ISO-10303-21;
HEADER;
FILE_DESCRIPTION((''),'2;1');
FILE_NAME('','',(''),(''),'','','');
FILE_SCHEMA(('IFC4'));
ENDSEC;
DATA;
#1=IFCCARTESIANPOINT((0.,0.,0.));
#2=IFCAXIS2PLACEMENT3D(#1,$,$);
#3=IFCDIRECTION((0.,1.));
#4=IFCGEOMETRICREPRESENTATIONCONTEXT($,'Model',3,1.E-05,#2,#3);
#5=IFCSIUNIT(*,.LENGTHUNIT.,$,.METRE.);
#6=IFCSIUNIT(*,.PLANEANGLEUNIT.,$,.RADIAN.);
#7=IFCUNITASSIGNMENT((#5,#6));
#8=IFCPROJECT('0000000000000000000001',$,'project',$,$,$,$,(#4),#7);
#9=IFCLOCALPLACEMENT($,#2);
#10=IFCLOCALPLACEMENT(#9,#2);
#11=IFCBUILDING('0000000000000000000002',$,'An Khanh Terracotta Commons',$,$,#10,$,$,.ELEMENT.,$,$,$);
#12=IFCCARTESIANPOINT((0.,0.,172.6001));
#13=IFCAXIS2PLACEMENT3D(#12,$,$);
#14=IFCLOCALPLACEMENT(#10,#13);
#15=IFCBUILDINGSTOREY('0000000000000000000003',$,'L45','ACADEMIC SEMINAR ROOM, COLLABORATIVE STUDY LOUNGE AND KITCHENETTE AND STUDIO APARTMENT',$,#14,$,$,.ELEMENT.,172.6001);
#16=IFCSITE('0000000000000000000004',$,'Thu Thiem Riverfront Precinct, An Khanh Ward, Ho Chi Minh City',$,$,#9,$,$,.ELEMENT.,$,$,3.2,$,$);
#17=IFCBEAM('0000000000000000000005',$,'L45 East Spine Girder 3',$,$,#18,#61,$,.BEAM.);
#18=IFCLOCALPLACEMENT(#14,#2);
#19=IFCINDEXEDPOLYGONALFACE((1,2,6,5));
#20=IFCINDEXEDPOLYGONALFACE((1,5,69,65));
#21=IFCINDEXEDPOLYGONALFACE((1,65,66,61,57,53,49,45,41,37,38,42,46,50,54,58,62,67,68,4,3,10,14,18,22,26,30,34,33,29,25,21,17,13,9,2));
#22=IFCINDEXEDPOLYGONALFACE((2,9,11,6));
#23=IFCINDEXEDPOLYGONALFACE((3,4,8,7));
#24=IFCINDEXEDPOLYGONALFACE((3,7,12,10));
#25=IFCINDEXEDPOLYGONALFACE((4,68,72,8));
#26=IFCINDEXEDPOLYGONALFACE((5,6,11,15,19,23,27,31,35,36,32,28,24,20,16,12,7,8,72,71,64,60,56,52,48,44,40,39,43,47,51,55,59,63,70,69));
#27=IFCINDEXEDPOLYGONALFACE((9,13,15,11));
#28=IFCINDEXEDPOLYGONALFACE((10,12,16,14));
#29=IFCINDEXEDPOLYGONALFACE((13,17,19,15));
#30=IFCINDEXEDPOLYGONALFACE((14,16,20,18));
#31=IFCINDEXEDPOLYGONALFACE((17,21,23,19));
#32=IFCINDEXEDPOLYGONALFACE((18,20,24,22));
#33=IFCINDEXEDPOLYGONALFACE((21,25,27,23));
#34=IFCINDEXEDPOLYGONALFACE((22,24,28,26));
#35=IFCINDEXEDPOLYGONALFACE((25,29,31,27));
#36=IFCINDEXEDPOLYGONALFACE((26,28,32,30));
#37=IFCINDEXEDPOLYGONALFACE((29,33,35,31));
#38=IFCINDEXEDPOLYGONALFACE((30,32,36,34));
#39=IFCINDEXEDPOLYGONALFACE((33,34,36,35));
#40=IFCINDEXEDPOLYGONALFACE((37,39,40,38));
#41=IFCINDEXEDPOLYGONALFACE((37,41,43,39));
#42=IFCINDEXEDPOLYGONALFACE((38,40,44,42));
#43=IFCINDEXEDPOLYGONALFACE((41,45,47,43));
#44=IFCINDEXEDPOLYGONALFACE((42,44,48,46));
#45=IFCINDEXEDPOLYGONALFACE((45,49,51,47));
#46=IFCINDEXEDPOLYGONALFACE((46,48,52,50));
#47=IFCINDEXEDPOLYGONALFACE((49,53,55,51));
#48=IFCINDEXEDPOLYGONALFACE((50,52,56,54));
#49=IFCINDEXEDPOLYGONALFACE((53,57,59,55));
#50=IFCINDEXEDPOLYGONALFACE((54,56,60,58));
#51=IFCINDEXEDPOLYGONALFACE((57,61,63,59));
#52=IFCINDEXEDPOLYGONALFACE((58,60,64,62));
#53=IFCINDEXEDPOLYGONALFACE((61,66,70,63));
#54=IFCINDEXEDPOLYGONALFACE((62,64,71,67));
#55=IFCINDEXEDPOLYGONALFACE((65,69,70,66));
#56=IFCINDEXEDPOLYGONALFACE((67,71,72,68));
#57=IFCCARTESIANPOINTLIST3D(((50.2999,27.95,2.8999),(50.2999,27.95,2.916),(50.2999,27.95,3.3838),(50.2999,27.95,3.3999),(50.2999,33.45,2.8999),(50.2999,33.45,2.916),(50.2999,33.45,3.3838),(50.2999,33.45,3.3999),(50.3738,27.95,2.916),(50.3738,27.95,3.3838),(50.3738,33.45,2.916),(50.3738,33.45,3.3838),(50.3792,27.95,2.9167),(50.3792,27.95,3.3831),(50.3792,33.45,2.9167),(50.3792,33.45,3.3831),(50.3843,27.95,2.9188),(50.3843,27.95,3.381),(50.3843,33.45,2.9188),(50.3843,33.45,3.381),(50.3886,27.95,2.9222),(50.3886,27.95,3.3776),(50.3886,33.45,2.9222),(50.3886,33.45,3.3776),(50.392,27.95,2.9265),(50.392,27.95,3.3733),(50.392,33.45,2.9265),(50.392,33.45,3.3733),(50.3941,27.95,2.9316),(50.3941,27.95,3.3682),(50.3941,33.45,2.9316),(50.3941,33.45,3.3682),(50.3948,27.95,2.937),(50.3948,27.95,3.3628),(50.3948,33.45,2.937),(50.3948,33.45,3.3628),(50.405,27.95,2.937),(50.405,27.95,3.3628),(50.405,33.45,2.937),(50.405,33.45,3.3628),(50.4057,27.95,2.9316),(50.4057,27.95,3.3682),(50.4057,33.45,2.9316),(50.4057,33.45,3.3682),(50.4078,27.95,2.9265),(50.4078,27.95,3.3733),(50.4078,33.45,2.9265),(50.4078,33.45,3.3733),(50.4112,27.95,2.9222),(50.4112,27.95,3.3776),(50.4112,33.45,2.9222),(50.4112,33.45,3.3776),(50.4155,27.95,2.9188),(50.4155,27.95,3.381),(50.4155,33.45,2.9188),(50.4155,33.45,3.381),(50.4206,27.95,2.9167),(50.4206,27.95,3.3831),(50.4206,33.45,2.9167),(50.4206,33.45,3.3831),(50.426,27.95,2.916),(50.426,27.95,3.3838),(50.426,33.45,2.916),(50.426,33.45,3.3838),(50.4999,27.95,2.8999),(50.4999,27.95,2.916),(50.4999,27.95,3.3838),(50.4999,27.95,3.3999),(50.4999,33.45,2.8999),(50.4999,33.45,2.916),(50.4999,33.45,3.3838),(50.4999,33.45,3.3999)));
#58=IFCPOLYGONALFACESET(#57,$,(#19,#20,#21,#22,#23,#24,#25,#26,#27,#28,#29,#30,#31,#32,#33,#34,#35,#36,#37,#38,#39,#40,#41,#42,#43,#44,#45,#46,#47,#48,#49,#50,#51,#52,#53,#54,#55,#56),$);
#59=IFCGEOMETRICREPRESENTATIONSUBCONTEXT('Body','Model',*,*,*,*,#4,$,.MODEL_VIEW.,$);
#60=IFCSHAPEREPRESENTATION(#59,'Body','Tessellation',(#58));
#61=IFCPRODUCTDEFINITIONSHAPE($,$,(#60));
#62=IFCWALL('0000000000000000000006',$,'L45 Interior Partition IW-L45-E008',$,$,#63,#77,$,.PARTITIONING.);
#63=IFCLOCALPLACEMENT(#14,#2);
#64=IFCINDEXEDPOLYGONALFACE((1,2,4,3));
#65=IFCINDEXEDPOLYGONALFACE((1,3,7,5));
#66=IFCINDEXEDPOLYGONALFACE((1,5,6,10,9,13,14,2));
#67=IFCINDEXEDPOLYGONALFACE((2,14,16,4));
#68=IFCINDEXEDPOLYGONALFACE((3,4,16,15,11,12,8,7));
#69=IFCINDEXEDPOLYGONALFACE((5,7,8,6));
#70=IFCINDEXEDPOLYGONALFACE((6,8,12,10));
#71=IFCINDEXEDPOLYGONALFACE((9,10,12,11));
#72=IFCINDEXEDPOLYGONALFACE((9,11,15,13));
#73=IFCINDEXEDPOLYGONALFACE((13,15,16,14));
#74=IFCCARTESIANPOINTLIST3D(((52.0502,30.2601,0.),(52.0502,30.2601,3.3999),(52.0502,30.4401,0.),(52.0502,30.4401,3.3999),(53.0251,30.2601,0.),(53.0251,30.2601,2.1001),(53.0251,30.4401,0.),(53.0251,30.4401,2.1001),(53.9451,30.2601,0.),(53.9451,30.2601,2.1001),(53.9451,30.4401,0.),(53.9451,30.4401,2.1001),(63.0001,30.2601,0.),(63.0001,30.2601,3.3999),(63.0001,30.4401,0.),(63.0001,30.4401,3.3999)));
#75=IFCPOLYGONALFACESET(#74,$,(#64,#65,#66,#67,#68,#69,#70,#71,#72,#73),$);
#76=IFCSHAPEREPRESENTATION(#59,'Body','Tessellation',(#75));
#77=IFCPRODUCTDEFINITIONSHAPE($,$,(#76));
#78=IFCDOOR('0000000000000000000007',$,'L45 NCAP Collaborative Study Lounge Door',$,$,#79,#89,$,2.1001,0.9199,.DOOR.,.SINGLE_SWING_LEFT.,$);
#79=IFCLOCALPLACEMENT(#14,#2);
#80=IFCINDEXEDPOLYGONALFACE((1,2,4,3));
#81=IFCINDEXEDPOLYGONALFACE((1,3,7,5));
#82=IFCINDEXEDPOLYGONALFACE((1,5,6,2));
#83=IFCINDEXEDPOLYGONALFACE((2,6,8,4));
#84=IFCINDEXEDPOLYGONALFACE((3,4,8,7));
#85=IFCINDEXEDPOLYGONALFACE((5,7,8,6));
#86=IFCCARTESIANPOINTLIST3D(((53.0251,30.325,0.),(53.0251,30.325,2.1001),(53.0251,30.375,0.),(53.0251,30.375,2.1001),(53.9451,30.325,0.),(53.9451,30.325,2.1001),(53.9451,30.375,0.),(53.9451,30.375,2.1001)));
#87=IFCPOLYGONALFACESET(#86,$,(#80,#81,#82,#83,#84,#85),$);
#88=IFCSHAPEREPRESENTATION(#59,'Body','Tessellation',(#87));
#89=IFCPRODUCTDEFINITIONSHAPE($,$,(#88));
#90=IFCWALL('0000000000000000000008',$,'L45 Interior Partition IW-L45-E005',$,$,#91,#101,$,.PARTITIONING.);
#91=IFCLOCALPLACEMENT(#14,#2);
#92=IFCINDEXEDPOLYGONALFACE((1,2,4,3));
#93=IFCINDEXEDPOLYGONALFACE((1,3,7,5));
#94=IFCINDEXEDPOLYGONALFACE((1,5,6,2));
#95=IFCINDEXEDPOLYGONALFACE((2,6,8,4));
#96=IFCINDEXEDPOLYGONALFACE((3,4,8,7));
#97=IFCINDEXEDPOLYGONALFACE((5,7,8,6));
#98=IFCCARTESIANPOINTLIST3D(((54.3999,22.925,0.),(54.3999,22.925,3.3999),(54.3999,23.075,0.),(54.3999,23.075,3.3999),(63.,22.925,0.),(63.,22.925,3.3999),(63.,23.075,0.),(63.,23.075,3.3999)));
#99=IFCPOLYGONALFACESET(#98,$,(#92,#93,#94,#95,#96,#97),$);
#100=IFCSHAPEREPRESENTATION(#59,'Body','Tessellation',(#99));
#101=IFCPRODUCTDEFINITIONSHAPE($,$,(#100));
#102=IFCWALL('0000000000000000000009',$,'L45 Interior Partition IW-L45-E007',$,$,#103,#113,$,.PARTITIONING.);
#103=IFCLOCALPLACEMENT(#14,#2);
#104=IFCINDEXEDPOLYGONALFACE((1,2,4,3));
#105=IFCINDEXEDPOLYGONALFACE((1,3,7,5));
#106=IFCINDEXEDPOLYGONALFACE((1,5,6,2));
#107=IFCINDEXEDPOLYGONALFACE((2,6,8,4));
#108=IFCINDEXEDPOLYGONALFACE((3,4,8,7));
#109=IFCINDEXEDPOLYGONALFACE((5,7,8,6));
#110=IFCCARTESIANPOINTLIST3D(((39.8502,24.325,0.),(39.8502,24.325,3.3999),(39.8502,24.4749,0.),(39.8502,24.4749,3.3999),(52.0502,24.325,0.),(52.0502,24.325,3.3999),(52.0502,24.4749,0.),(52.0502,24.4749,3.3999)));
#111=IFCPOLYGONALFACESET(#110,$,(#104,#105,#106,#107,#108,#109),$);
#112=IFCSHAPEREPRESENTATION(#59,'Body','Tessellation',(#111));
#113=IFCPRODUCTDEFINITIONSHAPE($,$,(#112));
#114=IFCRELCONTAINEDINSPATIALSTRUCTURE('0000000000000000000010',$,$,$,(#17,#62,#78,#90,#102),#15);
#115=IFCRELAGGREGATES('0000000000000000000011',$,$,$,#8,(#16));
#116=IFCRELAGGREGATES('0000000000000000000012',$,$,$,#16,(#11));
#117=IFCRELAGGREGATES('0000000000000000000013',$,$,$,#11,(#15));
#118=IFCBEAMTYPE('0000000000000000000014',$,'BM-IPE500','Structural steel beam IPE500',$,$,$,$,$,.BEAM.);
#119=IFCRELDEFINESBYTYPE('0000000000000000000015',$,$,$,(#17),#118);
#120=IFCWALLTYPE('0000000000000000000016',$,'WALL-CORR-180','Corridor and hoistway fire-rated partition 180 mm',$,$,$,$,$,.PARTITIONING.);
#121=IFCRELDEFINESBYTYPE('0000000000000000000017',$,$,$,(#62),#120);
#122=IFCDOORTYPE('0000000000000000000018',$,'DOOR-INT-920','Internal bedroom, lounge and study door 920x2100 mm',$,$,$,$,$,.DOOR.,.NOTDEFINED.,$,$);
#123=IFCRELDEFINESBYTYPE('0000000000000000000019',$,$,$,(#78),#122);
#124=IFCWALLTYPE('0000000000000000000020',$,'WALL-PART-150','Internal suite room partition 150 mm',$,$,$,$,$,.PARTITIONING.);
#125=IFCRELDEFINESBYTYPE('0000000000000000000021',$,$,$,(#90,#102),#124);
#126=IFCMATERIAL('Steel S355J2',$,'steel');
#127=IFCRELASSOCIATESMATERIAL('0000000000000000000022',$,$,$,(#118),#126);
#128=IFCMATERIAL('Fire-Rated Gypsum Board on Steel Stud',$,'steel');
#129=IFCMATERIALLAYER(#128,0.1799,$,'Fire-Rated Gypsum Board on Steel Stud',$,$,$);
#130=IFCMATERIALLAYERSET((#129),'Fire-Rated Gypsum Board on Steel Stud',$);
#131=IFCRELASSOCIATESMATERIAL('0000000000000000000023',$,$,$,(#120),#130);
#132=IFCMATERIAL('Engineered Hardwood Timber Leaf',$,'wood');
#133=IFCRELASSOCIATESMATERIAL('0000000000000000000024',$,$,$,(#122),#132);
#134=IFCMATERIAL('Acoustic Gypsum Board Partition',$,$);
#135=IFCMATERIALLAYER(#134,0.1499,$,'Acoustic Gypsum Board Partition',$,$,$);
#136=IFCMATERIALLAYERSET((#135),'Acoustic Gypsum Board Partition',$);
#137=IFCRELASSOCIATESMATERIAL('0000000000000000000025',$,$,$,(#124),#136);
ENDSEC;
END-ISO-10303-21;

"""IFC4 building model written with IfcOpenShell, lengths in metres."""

from ifc_helpers import new_model, si_unit, direction, frame, frame_2d, origin, origin_2d, place, context, subcontext, project, spatial, rectangle, i_section, extrude, material, layer, layer_set, material_profile, profile_set, type_object, element, fill, save


model = new_model("IFC4")

# Units and contexts
model_context = context("Model", 3, precision=1e-05, world=origin(), true_north=direction((0.0, 1.0)))
body_context = subcontext(model_context, "Body", "Model", "MODEL_VIEW")
ifc_project = project(units=[si_unit("LENGTHUNIT", "METRE"), si_unit("PLANEANGLEUNIT", "RADIAN")], contexts=[model_context])

# Site, building, storey
site_placement = place(None, origin())
site = spatial("IfcSite", under=ifc_project, at=site_placement, Name="Thu Thiem Riverfront Precinct, An Khanh Ward, Ho Chi Minh City", CompositionType="ELEMENT", RefElevation=3.2)
building_placement = place(site_placement, origin())
building = spatial("IfcBuilding", under=site, at=building_placement, Name="An Khanh Terracotta Commons", CompositionType="ELEMENT")
storey_placement = place(building_placement, frame((0.0, 0.0, 172.6001)))
storey = spatial("IfcBuildingStorey", under=building, at=storey_placement, Name="L45", Description="ACADEMIC SEMINAR ROOM, COLLABORATIVE STUDY LOUNGE AND KITCHENETTE AND STUDIO APARTMENT", CompositionType="ELEMENT", Elevation=172.6001)

# Beam
ifc_material_1 = material(Name="Steel S355J2", Category="steel")
ifc_material_profile_1 = material_profile(ifc_material_1, i_section(OverallWidth=0.2, OverallDepth=0.5, WebThickness=0.0103, FlangeThickness=0.0161, FilletRadius=0.021, at=origin_2d()), Name="IPE500")
ifc_profile_set_1 = profile_set([ifc_material_profile_1], Name="Steel S355J2")
beam_type_1 = type_object("IfcBeamType", Name="BM-IPE500", Description="Structural steel beam IPE500", PredefinedType="BEAM", material=ifc_profile_set_1)
beam_1_placement = place(storey_placement, frame((50.3999, 27.95, 3.1499), z_axis=(0.0, 1.0, 0.0), x_axis=(-1.0, 0.0, 0.0)))
element("IfcBeam", 1, at=beam_1_placement, inside=storey, type_object=beam_type_1, Name="L45 East Spine Girder 3", PredefinedType="BEAM", context=body_context, shape_type="SweptSolid", body=[
    extrude(i_section(OverallWidth=0.2, OverallDepth=0.5, WebThickness=0.0103, FlangeThickness=0.0161, FilletRadius=0.021, at=origin_2d()), origin(), (0.0, 0.0, 1.0), 5.5),
])

# Wall, opening, door
ifc_material_2 = material(Name="Fire-Rated Gypsum Board on Steel Stud", Category="steel")
ifc_layer_1 = layer(ifc_material_2, 0.1799, Name="Fire-Rated Gypsum Board on Steel Stud")
ifc_layer_set_1 = layer_set([ifc_layer_1], Name="Fire-Rated Gypsum Board on Steel Stud")
wall_type_1 = type_object("IfcWallType", Name="WALL-CORR-180", Description="Corridor and hoistway fire-rated partition 180 mm", PredefinedType="PARTITIONING", material=ifc_layer_set_1)
wall_1_placement = place(storey_placement, frame((52.05, 30.3501, 0.0), z_axis=(0.0, 0.0, 1.0), x_axis=(1.0, 0.0, 0.0)))
wall_1 = element("IfcWall", 2, at=wall_1_placement, inside=storey, type_object=wall_type_1, Name="L45 Interior Partition IW-L45-E008", PredefinedType="PARTITIONING", context=body_context, shape_type="SweptSolid", body=[
    extrude(rectangle(XDim=10.95, YDim=0.1799, at=frame_2d((5.4751, 0.0))), origin(), (0.0, 0.0, 1.0), 3.3999),
])
opening_placement = place(wall_1_placement, frame((0.9751, 0.0, 0.0)))
opening = element("IfcOpeningElement", 3, at=opening_placement, cuts=wall_1, PredefinedType="OPENING", context=body_context, shape_type="SweptSolid", body=[
    extrude(rectangle(XDim=0.9199, YDim=2.1001, at=frame_2d((0.46, 1.05))), frame((0.0, 0.0999, 0.0), z_axis=(0.0, -1.0, 0.0), x_axis=(1.0, 0.0, 0.0)), (0.0, 0.0, 1.0), 0.2),
])
ifc_material_3 = material(Name="Engineered Hardwood Timber Leaf", Category="wood")
door_type = type_object("IfcDoorType", Name="DOOR-INT-920", Description="Internal bedroom, lounge and study door 920x2100 mm", OperationType="NOTDEFINED", PredefinedType="DOOR", material=ifc_material_3)
door_placement = place(opening_placement, origin())
door = element("IfcDoor", 4, at=door_placement, inside=storey, type_object=door_type, Name="L45 NCAP Collaborative Study Lounge Door", OperationType="SINGLE_SWING_LEFT", OverallHeight=2.1001, OverallWidth=0.9199, PredefinedType="DOOR", context=body_context, shape_type="SweptSolid", body=[
    extrude(rectangle(XDim=0.9199, YDim=2.1001, at=frame_2d((0.46, 1.05))), frame((0.0, 0.0249, 0.0), z_axis=(0.0, -1.0, 0.0), x_axis=(1.0, 0.0, 0.0)), (0.0, 0.0, 1.0), 0.05),
])
fill(opening, door)

# Walls
ifc_material_4 = material(Name="Acoustic Gypsum Board Partition")
ifc_layer_2 = layer(ifc_material_4, 0.1499, Name="Acoustic Gypsum Board Partition")
ifc_layer_set_2 = layer_set([ifc_layer_2], Name="Acoustic Gypsum Board Partition")
wall_type_2 = type_object("IfcWallType", Name="WALL-PART-150", Description="Internal suite room partition 150 mm", PredefinedType="PARTITIONING", material=ifc_layer_set_2)
wall_2_placement = place(storey_placement, frame((54.3999, 23.0, 0.0), z_axis=(0.0, 0.0, 1.0), x_axis=(1.0, 0.0, 0.0)))
element("IfcWall", 5, at=wall_2_placement, inside=storey, type_object=wall_type_2, Name="L45 Interior Partition IW-L45-E005", PredefinedType="PARTITIONING", context=body_context, shape_type="SweptSolid", body=[
    extrude(rectangle(XDim=8.6001, YDim=0.1499, at=frame_2d((4.3, 0.0))), origin(), (0.0, 0.0, 1.0), 3.3999),
])
wall_3_placement = place(storey_placement, frame((39.8501, 24.3999, 0.0), z_axis=(0.0, 0.0, 1.0), x_axis=(1.0, 0.0, 0.0)))
element("IfcWall", 6, at=wall_3_placement, inside=storey, type_object=wall_type_2, Name="L45 Interior Partition IW-L45-E007", PredefinedType="PARTITIONING", context=body_context, shape_type="SweptSolid", body=[
    extrude(rectangle(XDim=12.2, YDim=0.1499, at=frame_2d((6.1001, 0.0))), origin(), (0.0, 0.0, 1.0), 3.3999),
])

save(model, "model.ifc")
